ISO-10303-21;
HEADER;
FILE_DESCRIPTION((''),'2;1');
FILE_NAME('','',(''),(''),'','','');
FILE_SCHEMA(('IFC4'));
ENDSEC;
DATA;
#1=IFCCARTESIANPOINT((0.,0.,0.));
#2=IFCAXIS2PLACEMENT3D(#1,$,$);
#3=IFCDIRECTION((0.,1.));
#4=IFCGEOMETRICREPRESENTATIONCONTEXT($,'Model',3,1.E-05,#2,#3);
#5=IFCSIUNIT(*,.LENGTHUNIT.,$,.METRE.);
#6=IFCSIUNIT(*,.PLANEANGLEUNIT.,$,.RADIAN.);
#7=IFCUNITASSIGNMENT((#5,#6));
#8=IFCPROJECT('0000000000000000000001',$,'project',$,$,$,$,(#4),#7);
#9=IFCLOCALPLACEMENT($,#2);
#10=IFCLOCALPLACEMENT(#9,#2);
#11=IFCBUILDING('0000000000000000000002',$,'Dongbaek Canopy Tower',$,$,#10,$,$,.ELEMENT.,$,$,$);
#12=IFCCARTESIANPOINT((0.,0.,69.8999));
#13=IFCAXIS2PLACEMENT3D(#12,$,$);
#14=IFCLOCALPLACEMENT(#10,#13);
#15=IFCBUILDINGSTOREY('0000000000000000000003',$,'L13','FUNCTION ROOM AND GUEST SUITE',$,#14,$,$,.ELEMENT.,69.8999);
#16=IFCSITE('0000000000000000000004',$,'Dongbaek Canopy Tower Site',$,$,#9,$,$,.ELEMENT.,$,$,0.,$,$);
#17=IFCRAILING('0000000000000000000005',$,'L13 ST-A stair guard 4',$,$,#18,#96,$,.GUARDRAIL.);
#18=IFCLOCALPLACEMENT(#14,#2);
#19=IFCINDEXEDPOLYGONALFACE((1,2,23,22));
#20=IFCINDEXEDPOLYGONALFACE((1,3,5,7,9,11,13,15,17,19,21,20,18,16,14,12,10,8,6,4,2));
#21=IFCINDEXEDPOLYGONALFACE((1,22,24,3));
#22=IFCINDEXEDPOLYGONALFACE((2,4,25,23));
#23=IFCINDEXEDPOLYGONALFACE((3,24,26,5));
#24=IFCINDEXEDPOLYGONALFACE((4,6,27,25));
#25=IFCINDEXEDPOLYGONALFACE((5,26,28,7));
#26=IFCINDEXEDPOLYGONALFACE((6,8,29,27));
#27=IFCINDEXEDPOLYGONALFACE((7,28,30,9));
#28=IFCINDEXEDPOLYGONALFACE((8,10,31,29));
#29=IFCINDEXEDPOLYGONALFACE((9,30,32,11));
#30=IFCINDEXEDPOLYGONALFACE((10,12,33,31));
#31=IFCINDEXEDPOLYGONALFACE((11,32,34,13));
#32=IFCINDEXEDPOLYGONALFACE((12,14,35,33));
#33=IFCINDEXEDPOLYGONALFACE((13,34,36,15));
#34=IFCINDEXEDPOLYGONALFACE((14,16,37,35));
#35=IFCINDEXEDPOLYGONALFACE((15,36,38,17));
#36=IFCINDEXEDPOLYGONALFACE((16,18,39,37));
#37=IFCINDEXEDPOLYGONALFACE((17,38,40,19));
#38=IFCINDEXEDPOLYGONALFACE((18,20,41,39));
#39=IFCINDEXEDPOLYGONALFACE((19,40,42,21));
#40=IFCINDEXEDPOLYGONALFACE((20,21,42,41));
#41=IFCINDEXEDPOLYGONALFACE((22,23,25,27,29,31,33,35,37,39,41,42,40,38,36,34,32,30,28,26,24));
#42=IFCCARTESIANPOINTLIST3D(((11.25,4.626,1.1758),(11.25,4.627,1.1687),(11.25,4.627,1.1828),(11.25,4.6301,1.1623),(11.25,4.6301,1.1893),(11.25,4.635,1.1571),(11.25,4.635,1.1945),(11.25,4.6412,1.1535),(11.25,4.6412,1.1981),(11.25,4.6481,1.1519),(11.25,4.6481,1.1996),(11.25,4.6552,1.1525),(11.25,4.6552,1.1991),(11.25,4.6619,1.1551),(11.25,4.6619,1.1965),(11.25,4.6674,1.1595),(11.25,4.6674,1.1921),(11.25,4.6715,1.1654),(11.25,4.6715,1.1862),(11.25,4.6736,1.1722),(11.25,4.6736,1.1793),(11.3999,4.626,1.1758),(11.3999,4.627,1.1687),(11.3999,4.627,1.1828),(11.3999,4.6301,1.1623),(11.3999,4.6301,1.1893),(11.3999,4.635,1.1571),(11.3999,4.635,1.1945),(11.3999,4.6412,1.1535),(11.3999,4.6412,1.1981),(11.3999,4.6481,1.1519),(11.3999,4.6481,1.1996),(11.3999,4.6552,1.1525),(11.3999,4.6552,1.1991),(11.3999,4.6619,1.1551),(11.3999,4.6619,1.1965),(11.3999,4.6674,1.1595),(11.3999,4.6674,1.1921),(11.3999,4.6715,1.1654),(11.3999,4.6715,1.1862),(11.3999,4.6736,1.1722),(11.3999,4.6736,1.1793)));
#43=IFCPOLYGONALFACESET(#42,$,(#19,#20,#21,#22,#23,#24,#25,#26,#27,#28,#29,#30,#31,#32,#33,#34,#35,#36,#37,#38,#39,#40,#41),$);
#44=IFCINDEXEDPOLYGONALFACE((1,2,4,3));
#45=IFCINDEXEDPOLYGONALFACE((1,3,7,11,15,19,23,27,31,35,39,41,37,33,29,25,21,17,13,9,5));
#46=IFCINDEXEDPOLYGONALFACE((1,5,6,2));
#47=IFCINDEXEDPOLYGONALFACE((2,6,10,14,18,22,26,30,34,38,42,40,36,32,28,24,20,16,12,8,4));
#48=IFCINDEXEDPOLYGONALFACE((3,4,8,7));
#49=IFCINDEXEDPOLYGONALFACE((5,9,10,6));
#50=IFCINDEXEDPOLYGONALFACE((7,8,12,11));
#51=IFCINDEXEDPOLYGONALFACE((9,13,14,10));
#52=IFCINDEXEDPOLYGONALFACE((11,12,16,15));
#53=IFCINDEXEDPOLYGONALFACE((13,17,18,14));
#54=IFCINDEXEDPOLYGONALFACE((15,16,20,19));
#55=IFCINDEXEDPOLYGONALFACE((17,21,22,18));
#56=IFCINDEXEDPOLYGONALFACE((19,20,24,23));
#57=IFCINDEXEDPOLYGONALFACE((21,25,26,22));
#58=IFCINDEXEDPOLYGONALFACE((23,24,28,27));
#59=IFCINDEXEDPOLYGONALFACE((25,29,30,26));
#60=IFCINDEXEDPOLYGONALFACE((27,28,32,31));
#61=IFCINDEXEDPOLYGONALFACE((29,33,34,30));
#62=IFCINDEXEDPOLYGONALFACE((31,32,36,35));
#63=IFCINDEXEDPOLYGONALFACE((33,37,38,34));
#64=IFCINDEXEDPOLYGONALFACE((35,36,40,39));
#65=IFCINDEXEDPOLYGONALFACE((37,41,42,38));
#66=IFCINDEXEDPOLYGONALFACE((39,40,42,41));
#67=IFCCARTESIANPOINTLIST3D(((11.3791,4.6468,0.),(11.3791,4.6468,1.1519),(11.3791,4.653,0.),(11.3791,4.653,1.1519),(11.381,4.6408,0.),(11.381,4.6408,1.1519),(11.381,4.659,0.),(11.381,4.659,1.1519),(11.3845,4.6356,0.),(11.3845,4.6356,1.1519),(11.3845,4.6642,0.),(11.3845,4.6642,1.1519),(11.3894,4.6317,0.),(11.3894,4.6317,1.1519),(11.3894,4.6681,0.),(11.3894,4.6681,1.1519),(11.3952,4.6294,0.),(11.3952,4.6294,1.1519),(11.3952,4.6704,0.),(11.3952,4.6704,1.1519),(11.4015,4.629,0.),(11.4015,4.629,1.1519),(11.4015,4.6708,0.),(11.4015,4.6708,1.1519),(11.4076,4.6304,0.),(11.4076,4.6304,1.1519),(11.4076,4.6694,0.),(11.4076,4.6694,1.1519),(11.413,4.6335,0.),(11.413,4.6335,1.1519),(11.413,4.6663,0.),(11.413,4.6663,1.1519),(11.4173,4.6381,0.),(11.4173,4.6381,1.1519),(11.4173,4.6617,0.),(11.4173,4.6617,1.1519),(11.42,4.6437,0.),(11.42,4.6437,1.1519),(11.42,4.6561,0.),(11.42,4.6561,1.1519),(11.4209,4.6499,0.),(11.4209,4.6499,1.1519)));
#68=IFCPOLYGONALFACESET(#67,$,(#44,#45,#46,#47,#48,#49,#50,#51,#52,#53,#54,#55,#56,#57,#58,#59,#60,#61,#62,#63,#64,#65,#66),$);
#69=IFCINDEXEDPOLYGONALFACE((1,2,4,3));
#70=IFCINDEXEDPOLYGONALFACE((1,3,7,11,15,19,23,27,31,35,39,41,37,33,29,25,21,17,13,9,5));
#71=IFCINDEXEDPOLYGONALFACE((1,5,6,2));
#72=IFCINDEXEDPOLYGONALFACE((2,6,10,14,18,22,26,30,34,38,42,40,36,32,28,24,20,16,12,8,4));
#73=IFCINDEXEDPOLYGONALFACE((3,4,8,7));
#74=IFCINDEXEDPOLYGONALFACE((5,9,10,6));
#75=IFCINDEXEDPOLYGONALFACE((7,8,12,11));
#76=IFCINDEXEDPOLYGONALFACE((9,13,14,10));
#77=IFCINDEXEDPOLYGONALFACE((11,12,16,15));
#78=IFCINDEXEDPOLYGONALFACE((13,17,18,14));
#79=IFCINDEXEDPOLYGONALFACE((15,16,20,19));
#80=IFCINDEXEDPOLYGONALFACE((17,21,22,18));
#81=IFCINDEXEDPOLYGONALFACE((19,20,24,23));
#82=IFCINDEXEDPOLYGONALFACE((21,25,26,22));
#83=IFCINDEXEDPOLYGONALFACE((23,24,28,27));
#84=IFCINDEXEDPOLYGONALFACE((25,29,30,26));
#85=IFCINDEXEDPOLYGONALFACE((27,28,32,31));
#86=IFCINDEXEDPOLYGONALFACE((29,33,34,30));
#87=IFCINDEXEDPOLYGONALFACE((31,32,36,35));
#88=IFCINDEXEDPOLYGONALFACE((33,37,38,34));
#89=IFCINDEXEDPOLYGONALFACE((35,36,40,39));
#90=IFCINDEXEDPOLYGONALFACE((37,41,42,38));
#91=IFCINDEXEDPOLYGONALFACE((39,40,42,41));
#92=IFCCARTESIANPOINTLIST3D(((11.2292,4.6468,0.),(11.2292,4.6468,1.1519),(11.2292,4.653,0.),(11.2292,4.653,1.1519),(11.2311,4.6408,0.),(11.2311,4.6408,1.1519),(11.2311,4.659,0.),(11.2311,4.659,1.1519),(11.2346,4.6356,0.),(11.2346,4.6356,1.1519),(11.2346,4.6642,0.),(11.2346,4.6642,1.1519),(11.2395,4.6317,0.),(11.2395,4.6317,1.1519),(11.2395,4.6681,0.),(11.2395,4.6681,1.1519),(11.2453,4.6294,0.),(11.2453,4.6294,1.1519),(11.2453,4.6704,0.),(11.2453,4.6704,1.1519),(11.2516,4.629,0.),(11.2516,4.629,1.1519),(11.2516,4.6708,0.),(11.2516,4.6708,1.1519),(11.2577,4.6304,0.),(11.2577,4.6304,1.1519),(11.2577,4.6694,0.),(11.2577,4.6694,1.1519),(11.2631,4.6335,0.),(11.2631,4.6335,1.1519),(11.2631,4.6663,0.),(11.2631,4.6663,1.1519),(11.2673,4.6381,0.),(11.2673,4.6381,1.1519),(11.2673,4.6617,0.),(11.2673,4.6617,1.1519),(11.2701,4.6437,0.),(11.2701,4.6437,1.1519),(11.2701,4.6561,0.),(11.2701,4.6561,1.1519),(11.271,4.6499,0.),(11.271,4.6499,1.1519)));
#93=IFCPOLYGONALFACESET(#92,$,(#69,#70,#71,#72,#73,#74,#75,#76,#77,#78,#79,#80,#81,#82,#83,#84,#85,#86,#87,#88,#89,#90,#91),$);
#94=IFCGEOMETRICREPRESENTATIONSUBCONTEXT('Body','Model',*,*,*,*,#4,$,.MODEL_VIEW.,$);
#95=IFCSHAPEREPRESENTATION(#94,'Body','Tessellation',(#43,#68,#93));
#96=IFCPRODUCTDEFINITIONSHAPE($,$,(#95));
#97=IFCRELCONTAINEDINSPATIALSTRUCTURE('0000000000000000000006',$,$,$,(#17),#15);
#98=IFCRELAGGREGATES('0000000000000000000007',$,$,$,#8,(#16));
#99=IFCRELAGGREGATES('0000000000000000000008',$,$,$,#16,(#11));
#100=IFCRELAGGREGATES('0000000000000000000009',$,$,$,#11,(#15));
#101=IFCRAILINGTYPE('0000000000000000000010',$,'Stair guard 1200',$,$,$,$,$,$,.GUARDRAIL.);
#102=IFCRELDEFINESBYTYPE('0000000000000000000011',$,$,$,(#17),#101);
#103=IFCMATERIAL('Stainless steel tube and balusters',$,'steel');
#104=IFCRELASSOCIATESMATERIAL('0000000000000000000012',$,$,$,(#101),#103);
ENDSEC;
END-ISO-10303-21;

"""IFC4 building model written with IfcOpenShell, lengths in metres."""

from ifc_helpers import new_model, si_unit, direction, frame, origin, origin_2d, place, context, subcontext, project, spatial, circle, extrude, material, type_object, element, save


model = new_model("IFC4")

# Units and contexts
model_context = context("Model", 3, precision=1e-05, world=origin(), true_north=direction((0.0, 1.0)))
body_context = subcontext(model_context, "Body", "Model", "MODEL_VIEW")
ifc_project = project(units=[si_unit("LENGTHUNIT", "METRE"), si_unit("PLANEANGLEUNIT", "RADIAN")], contexts=[model_context])

# Site, building, storey
site_placement = place(None, origin())
site = spatial("IfcSite", under=ifc_project, at=site_placement, Name="Dongbaek Canopy Tower Site", CompositionType="ELEMENT", RefElevation=0.0)
building_placement = place(site_placement, origin())
building = spatial("IfcBuilding", under=site, at=building_placement, Name="Dongbaek Canopy Tower", CompositionType="ELEMENT")
storey_placement = place(building_placement, frame((0.0, 0.0, 69.8999)))
storey = spatial("IfcBuildingStorey", under=building, at=storey_placement, Name="L13", Description="FUNCTION ROOM AND GUEST SUITE", CompositionType="ELEMENT", Elevation=69.8999)

# Railing
ifc_material_1 = material(Name="Stainless steel tube and balusters", Category="steel")
railing_type_1 = type_object("IfcRailingType", Name="Stair guard 1200", PredefinedType="GUARDRAIL", material=ifc_material_1)
railing_1_placement = place(storey_placement, frame((11.3999, 4.6499, 0.0)))
element("IfcRailing", 1, at=railing_1_placement, inside=storey, type_object=railing_type_1, Name="L13 ST-A stair guard 4", PredefinedType="GUARDRAIL", context=body_context, shape_type="SweptSolid", body=[
    extrude(circle(Radius=0.0239, at=origin_2d()), frame((0.0, 0.0, 1.1758), z_axis=(-1.0, 0.0, 0.0), x_axis=(0.0, -1.0, 0.0)), (0.0, 0.0, 1.0), 0.1499),
    extrude(circle(Radius=0.021, at=origin_2d()), origin(), (0.0, 0.0, 1.0), 1.1519),
    extrude(circle(Radius=0.021, at=origin_2d()), frame((-0.1499, 0.0, 0.0)), (0.0, 0.0, 1.0), 1.1519),
])

save(model, "model.ifc")
